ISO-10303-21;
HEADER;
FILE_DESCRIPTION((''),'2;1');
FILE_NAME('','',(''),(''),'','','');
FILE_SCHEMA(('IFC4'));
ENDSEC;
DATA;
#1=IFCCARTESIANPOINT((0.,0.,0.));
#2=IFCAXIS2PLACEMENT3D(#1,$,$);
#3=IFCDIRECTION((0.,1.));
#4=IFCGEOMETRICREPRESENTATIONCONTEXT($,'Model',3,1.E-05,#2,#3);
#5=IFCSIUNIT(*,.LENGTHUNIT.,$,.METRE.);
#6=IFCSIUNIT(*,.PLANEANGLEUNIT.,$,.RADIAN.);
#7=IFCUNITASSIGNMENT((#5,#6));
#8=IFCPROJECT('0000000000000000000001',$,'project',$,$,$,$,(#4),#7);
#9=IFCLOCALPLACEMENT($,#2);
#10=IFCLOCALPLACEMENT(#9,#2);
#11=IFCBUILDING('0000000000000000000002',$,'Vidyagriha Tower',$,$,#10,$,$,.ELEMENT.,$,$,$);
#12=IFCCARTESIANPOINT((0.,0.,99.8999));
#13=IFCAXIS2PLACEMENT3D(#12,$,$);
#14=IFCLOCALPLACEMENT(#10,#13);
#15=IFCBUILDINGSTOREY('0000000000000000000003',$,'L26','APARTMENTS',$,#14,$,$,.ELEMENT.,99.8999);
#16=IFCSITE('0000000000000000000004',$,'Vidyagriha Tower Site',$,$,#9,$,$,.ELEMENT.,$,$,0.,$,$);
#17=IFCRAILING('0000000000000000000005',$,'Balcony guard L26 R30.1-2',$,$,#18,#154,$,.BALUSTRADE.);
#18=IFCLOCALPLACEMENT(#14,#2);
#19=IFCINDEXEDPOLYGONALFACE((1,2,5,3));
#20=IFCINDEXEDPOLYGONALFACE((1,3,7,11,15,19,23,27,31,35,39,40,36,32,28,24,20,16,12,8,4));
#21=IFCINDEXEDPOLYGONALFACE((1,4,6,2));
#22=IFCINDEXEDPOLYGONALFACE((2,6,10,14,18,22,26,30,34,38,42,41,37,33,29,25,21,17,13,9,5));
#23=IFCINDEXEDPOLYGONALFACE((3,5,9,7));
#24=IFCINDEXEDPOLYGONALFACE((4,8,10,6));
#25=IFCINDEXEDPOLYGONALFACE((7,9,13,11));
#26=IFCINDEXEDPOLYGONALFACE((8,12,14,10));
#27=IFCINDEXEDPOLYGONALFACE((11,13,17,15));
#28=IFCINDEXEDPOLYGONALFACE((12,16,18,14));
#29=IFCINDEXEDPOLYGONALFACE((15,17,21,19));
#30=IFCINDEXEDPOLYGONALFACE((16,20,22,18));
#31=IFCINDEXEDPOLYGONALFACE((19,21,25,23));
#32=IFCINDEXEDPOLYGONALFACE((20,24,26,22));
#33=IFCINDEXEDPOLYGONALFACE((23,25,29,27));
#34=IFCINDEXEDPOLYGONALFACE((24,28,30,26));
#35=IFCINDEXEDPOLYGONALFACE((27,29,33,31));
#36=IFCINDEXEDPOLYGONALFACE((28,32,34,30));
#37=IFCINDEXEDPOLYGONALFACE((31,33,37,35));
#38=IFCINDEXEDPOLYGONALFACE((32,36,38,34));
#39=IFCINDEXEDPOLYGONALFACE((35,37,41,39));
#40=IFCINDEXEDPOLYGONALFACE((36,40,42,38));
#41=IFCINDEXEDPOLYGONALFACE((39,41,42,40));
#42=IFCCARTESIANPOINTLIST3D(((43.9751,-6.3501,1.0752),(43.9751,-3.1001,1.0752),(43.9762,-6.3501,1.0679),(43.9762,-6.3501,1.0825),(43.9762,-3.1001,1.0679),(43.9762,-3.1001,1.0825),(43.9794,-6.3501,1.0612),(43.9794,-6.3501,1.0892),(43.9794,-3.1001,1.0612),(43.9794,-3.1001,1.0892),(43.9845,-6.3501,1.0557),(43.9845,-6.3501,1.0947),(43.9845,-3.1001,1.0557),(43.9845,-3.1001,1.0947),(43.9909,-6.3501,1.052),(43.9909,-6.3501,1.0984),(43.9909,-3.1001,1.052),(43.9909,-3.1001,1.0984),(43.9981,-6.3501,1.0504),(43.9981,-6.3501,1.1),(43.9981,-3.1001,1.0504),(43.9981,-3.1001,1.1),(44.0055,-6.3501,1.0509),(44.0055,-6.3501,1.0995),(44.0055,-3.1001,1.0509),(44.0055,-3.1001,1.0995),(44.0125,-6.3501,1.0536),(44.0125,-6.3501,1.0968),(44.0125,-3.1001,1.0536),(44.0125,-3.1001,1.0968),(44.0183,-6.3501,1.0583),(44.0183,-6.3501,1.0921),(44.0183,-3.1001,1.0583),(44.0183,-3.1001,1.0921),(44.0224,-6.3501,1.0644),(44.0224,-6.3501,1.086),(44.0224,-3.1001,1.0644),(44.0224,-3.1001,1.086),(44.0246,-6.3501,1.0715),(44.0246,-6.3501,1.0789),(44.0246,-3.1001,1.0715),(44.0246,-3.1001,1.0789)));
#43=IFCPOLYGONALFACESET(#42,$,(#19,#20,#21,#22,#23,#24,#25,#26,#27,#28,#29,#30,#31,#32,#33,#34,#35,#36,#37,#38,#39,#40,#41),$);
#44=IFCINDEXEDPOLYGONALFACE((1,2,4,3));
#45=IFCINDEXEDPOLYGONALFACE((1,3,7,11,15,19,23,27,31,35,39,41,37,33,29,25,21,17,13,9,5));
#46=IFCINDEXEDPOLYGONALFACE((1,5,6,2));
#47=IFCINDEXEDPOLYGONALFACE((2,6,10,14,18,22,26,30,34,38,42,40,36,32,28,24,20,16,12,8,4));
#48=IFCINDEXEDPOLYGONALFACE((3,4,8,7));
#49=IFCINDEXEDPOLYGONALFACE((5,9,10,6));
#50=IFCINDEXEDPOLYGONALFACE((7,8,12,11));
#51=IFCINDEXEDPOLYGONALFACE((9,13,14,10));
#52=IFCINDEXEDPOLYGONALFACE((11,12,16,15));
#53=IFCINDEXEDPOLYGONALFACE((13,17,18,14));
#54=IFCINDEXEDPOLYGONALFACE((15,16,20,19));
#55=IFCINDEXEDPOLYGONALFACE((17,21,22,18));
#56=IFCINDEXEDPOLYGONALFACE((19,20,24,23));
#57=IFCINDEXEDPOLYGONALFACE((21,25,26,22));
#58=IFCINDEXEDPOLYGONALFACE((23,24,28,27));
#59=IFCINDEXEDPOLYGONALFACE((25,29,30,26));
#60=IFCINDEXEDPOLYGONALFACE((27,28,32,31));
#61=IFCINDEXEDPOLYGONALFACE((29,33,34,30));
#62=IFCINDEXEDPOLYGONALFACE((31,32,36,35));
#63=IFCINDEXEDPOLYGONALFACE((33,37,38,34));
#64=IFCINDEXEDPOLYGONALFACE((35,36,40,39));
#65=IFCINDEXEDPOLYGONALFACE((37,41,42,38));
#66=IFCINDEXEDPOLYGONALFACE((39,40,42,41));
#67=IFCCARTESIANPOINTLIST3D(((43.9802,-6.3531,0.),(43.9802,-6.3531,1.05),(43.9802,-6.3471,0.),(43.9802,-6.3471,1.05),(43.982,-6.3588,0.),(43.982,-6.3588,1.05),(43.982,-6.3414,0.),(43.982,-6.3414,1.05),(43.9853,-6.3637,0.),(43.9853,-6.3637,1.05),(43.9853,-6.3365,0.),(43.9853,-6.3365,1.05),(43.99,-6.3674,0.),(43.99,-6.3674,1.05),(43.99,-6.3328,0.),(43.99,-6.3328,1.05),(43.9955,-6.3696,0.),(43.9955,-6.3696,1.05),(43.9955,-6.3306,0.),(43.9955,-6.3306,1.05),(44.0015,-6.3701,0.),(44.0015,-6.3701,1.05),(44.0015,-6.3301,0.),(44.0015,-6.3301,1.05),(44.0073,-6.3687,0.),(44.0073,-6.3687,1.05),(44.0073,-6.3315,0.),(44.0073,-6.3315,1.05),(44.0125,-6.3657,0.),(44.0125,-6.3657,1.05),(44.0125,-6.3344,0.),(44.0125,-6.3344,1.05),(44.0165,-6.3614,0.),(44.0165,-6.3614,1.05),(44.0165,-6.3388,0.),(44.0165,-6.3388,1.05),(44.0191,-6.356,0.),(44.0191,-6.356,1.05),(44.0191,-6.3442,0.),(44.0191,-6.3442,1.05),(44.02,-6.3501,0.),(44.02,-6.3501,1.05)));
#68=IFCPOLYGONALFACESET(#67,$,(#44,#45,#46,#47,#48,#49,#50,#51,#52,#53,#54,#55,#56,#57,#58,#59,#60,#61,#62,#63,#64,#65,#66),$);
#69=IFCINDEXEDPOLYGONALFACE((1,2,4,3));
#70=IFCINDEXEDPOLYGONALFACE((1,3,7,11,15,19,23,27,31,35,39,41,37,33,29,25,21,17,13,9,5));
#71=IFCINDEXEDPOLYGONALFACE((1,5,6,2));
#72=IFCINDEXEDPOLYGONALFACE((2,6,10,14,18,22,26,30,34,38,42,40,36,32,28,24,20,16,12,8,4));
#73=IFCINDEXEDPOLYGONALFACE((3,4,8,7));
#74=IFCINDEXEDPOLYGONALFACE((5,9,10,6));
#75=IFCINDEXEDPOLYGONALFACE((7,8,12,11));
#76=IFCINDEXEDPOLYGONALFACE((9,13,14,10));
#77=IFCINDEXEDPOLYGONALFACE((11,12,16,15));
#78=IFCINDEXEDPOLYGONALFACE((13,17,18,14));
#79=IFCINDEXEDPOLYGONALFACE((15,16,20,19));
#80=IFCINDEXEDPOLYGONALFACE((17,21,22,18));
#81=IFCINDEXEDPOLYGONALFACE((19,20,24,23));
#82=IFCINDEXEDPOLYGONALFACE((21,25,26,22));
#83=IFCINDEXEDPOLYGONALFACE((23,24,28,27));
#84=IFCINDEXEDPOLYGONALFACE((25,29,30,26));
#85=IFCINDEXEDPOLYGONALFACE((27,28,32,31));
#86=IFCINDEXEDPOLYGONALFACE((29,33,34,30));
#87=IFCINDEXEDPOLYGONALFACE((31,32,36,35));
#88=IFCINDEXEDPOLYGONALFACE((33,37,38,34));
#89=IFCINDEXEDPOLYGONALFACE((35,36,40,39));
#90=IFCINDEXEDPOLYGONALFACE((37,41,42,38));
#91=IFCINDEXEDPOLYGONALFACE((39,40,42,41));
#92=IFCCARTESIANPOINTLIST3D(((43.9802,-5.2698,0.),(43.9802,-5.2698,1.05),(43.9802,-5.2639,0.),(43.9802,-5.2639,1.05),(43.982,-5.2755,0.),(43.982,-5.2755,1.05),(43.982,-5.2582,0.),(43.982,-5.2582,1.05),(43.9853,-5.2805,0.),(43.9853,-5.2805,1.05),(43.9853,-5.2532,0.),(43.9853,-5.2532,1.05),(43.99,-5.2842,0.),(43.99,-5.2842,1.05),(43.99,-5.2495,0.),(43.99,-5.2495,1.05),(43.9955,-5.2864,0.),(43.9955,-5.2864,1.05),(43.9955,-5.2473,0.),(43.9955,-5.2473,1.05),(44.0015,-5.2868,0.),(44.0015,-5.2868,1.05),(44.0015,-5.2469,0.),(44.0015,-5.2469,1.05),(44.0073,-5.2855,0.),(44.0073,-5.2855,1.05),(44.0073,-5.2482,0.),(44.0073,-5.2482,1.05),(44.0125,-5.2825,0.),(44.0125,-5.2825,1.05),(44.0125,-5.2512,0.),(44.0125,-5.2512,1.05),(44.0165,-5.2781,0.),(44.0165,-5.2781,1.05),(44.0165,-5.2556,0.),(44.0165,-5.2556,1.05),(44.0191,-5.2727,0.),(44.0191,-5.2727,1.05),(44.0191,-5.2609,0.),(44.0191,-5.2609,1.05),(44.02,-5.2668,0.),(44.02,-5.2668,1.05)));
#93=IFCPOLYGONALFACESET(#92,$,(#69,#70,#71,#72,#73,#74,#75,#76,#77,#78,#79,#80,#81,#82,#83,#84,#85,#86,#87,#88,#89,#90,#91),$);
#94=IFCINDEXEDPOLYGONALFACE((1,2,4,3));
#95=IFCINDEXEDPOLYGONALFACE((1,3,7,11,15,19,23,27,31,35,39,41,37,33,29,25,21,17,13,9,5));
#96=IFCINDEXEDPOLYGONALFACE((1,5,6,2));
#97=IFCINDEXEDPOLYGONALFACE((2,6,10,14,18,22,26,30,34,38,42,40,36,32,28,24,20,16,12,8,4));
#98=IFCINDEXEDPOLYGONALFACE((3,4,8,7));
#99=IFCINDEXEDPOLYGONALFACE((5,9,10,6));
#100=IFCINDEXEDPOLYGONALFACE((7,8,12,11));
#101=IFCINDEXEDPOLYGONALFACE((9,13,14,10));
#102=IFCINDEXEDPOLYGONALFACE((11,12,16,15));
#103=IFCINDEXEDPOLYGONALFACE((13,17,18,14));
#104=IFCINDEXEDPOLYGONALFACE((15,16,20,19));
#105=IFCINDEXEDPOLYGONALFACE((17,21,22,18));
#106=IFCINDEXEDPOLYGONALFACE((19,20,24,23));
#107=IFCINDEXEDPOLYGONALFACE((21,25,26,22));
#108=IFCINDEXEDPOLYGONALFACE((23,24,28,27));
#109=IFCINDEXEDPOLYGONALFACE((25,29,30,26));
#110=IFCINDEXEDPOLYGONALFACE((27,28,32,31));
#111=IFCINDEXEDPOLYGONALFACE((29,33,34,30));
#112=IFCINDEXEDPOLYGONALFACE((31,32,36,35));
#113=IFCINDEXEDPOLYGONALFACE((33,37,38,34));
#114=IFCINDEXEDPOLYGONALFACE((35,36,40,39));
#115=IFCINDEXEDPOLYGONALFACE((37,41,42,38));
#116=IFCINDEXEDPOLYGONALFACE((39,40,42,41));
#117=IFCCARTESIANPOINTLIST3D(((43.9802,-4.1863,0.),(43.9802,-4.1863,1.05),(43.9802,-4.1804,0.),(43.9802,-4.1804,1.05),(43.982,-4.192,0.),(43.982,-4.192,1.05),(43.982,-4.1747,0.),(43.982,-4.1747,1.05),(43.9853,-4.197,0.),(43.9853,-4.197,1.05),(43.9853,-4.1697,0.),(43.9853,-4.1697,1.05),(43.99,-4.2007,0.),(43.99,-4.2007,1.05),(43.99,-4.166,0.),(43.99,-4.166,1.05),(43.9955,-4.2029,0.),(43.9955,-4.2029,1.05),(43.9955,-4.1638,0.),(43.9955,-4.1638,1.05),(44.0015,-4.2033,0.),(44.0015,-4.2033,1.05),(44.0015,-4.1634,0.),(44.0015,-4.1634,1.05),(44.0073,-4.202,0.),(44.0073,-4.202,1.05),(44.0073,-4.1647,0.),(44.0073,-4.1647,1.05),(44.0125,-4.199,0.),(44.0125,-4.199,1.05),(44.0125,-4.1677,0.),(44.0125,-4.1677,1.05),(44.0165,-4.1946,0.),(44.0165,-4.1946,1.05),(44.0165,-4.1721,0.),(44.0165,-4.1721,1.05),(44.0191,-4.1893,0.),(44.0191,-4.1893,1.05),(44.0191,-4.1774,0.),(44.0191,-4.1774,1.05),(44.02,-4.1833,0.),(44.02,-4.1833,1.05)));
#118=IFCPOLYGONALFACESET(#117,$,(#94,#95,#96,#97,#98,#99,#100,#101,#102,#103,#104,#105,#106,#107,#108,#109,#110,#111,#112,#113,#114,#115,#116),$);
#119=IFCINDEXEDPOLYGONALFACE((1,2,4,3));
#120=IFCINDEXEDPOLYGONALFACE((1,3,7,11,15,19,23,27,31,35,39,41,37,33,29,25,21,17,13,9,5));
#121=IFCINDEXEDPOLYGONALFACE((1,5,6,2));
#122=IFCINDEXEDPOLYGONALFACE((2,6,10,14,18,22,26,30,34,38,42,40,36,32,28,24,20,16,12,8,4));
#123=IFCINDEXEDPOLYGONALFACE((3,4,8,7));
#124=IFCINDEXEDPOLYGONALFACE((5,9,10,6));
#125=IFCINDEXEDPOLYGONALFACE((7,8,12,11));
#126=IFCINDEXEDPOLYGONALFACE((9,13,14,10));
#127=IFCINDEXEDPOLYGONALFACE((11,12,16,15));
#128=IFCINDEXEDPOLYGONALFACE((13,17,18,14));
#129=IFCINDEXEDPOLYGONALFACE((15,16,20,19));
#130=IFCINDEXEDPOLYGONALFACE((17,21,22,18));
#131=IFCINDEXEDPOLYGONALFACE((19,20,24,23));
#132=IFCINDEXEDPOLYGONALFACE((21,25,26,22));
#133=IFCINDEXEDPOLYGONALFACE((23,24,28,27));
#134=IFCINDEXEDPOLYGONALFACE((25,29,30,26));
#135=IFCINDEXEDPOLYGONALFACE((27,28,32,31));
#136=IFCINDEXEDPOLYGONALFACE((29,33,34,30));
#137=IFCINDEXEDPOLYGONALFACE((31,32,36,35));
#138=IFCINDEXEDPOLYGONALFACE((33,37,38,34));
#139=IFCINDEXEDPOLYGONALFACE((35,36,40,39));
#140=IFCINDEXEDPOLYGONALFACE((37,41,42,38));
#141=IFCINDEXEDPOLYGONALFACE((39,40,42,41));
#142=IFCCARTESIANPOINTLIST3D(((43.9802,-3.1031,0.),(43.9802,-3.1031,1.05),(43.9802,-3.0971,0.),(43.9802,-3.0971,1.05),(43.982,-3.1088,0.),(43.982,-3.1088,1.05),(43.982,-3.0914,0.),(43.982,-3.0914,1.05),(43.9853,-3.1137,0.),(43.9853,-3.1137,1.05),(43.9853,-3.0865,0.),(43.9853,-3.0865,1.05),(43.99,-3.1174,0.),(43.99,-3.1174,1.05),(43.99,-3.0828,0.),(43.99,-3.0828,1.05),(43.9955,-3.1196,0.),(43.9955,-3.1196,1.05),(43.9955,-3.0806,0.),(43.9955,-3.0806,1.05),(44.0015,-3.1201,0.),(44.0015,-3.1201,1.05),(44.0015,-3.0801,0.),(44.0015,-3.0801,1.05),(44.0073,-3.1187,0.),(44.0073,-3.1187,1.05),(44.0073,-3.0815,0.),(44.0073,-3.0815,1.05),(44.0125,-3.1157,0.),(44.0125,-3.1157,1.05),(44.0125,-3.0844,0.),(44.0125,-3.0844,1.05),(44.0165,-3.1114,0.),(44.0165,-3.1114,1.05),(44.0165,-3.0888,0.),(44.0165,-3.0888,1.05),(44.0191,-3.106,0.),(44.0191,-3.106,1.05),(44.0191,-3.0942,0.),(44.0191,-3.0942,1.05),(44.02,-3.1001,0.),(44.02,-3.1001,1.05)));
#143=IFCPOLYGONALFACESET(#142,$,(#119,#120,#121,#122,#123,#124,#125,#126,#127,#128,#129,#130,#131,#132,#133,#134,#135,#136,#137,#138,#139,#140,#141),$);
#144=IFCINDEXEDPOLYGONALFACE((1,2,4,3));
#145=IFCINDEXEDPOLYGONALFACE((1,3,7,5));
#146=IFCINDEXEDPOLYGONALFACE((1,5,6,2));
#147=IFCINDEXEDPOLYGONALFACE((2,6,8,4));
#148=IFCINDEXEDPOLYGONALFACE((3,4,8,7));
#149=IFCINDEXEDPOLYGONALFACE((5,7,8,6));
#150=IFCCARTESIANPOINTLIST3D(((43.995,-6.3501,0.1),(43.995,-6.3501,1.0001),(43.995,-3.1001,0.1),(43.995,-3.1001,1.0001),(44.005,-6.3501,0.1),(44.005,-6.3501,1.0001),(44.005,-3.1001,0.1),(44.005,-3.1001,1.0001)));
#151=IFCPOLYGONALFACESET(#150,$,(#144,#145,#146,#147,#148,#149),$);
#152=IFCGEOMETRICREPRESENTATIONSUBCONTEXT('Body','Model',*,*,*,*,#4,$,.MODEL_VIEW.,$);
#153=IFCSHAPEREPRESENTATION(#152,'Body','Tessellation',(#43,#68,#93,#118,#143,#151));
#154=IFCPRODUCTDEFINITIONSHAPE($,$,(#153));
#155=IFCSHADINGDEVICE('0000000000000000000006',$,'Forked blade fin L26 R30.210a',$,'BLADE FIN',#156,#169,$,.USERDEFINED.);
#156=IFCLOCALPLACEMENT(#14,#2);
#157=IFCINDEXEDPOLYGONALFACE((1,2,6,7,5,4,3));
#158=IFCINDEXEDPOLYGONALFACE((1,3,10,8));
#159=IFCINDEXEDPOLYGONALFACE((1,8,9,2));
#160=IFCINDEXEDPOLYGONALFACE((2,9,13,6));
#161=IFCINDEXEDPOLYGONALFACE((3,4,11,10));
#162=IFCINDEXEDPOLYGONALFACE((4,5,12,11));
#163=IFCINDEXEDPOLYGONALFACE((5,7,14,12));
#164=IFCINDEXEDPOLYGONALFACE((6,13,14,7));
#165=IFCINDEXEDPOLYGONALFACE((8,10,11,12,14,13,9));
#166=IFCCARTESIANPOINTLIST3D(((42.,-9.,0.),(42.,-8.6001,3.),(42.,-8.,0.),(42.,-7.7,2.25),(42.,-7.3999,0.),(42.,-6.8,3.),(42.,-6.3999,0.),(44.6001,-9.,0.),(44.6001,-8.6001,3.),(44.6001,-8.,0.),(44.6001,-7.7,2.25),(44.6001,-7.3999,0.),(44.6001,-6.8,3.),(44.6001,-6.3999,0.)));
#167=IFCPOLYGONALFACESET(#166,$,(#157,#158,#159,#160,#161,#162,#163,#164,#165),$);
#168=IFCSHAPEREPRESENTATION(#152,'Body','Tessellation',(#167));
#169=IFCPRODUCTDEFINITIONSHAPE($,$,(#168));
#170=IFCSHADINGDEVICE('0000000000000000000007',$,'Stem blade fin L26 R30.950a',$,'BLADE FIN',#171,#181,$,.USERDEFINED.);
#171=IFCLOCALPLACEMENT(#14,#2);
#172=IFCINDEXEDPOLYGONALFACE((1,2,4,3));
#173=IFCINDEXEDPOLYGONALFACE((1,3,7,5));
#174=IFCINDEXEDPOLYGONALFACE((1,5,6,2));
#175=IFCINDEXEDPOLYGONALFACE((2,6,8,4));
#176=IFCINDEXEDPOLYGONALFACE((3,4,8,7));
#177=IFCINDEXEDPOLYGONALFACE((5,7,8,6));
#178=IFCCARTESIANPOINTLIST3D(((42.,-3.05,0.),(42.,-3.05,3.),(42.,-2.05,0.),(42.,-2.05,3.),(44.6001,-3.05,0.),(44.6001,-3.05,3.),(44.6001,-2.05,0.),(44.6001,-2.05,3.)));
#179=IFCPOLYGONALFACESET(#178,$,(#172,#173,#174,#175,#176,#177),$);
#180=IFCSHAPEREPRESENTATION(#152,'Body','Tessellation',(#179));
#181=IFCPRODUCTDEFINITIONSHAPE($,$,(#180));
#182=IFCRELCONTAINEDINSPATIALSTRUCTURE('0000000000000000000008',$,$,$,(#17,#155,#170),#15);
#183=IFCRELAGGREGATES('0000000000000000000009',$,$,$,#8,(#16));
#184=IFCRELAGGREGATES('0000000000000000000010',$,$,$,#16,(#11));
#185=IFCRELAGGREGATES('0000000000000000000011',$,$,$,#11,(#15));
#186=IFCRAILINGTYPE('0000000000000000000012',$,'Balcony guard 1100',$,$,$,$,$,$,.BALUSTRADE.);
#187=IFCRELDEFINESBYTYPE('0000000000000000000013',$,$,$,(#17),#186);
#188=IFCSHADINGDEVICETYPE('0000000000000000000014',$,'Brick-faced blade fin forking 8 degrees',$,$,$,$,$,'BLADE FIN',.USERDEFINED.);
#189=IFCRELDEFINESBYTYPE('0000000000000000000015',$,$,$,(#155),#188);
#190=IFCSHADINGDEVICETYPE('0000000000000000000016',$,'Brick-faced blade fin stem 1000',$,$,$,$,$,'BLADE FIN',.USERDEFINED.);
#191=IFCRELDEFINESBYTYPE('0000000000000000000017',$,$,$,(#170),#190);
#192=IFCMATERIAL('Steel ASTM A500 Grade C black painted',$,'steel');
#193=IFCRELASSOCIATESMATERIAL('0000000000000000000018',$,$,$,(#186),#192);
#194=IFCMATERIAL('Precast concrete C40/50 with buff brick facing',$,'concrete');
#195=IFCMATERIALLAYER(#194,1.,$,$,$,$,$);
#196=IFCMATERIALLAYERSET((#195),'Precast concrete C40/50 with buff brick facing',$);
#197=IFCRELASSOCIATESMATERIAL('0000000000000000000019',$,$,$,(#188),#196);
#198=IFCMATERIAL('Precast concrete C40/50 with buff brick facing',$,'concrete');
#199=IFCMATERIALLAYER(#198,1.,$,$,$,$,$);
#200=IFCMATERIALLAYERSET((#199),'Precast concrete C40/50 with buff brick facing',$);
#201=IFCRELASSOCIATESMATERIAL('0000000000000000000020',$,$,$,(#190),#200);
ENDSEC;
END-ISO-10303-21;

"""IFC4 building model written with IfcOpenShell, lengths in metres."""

from ifc_helpers import new_model, si_unit, direction, frame, origin, origin_2d, place, context, subcontext, project, spatial, polyline, rectangle, circle, outline, extrude, material, layer, layer_set, type_object, element, save


model = new_model("IFC4")

# Units and contexts
model_context = context("Model", 3, precision=1e-05, world=origin(), true_north=direction((0.0, 1.0)))
body_context = subcontext(model_context, "Body", "Model", "MODEL_VIEW")
ifc_project = project(units=[si_unit("LENGTHUNIT", "METRE"), si_unit("PLANEANGLEUNIT", "RADIAN")], contexts=[model_context])

# Site, building, storey
site_placement = place(None, origin())
site = spatial("IfcSite", under=ifc_project, at=site_placement, Name="Vidyagriha Tower Site", CompositionType="ELEMENT", RefElevation=0.0)
building_placement = place(site_placement, origin())
building = spatial("IfcBuilding", under=site, at=building_placement, Name="Vidyagriha Tower", CompositionType="ELEMENT")
storey_placement = place(building_placement, frame((0.0, 0.0, 99.8999)))
storey = spatial("IfcBuildingStorey", under=building, at=storey_placement, Name="L26", Description="APARTMENTS", CompositionType="ELEMENT", Elevation=99.8999)

# Railing
ifc_material_1 = material(Name="Steel ASTM A500 Grade C black painted", Category="steel")
railing_type_1 = type_object("IfcRailingType", Name="Balcony guard 1100", PredefinedType="BALUSTRADE", material=ifc_material_1)
railing_1_placement = place(storey_placement, frame((44.0, -6.3501, 0.0)))
element("IfcRailing", 1, at=railing_1_placement, inside=storey, type_object=railing_type_1, Name="Balcony guard L26 R30.1-2", PredefinedType="BALUSTRADE", context=body_context, shape_type="SweptSolid", body=[
    extrude(circle(Radius=0.0249, at=origin_2d()), frame((0.0, 0.0, 1.0752), z_axis=(0.0, 1.0, 0.0), x_axis=(-1.0, 0.0, 0.0)), (0.0, 0.0, 1.0), 3.25),
    extrude(circle(Radius=0.02, at=origin_2d()), origin(), (0.0, 0.0, 1.0), 1.05),
    extrude(circle(Radius=0.02, at=origin_2d()), frame((0.0, 1.0833, 0.0)), (0.0, 0.0, 1.0), 1.05),
    extrude(circle(Radius=0.02, at=origin_2d()), frame((0.0, 2.1667, 0.0)), (0.0, 0.0, 1.0), 1.05),
    extrude(circle(Radius=0.02, at=origin_2d()), frame((0.0, 3.25, 0.0)), (0.0, 0.0, 1.0), 1.05),
    extrude(rectangle(XDim=0.01, YDim=0.9001, at=origin_2d()), frame((0.0, 0.0, 0.55), z_axis=(0.0, 1.0, 0.0), x_axis=(-1.0, 0.0, 0.0)), (0.0, 0.0, 1.0), 3.25),
])

# Shading devices
ifc_material_2 = material(Name="Precast concrete C40/50 with buff brick facing", Category="concrete")
ifc_layer_1 = layer(ifc_material_2, 1.0)
ifc_layer_set_1 = layer_set([ifc_layer_1], Name="Precast concrete C40/50 with buff brick facing")
shading_device_type_1 = type_object("IfcShadingDeviceType", Name="Brick-faced blade fin forking 8 degrees", ElementType="BLADE FIN", PredefinedType="USERDEFINED", material=ifc_layer_set_1)
shading_device_1_placement = place(storey_placement, frame((43.3, -9.0, 0.0), z_axis=(0.0, 0.0, 1.0), x_axis=(0.0, 1.0, 0.0)))
element("IfcShadingDevice", 2, at=shading_device_1_placement, inside=storey, type_object=shading_device_type_1, Name="Forked blade fin L26 R30.210a", ObjectType="BLADE FIN", PredefinedType="USERDEFINED", context=body_context, shape_type="SweptSolid", body=[
    extrude(outline(polyline([(1.0, 0.0), (1.3, 2.25), (1.6001, 0.0), (2.6001, 0.0), (2.2, 3.0), (0.3999, 3.0), (0.0, 0.0), (1.0, 0.0)])), frame((0.0, 1.3, 0.0), z_axis=(0.0, -1.0, 0.0), x_axis=(1.0, 0.0, 0.0)), (0.0, 0.0, 1.0), 2.6001),
])
ifc_material_3 = material(Name="Precast concrete C40/50 with buff brick facing", Category="concrete")
ifc_layer_2 = layer(ifc_material_3, 1.0)
ifc_layer_set_2 = layer_set([ifc_layer_2], Name="Precast concrete C40/50 with buff brick facing")
shading_device_type_2 = type_object("IfcShadingDeviceType", Name="Brick-faced blade fin stem 1000", ElementType="BLADE FIN", PredefinedType="USERDEFINED", material=ifc_layer_set_2)
shading_device_2_placement = place(storey_placement, frame((43.3, -3.05, 0.0), z_axis=(0.0, 0.0, 1.0), x_axis=(0.0, 1.0, 0.0)))
element("IfcShadingDevice", 3, at=shading_device_2_placement, inside=storey, type_object=shading_device_type_2, Name="Stem blade fin L26 R30.950a", ObjectType="BLADE FIN", PredefinedType="USERDEFINED", context=body_context, shape_type="SweptSolid", body=[
    extrude(outline(polyline([(0.0, 0.0), (1.0, 0.0), (1.0, 3.0), (0.0, 3.0), (0.0, 0.0)])), frame((0.0, 1.3, 0.0), z_axis=(0.0, -1.0, 0.0), x_axis=(1.0, 0.0, 0.0)), (0.0, 0.0, 1.0), 2.6001),
])

save(model, "model.ifc")
